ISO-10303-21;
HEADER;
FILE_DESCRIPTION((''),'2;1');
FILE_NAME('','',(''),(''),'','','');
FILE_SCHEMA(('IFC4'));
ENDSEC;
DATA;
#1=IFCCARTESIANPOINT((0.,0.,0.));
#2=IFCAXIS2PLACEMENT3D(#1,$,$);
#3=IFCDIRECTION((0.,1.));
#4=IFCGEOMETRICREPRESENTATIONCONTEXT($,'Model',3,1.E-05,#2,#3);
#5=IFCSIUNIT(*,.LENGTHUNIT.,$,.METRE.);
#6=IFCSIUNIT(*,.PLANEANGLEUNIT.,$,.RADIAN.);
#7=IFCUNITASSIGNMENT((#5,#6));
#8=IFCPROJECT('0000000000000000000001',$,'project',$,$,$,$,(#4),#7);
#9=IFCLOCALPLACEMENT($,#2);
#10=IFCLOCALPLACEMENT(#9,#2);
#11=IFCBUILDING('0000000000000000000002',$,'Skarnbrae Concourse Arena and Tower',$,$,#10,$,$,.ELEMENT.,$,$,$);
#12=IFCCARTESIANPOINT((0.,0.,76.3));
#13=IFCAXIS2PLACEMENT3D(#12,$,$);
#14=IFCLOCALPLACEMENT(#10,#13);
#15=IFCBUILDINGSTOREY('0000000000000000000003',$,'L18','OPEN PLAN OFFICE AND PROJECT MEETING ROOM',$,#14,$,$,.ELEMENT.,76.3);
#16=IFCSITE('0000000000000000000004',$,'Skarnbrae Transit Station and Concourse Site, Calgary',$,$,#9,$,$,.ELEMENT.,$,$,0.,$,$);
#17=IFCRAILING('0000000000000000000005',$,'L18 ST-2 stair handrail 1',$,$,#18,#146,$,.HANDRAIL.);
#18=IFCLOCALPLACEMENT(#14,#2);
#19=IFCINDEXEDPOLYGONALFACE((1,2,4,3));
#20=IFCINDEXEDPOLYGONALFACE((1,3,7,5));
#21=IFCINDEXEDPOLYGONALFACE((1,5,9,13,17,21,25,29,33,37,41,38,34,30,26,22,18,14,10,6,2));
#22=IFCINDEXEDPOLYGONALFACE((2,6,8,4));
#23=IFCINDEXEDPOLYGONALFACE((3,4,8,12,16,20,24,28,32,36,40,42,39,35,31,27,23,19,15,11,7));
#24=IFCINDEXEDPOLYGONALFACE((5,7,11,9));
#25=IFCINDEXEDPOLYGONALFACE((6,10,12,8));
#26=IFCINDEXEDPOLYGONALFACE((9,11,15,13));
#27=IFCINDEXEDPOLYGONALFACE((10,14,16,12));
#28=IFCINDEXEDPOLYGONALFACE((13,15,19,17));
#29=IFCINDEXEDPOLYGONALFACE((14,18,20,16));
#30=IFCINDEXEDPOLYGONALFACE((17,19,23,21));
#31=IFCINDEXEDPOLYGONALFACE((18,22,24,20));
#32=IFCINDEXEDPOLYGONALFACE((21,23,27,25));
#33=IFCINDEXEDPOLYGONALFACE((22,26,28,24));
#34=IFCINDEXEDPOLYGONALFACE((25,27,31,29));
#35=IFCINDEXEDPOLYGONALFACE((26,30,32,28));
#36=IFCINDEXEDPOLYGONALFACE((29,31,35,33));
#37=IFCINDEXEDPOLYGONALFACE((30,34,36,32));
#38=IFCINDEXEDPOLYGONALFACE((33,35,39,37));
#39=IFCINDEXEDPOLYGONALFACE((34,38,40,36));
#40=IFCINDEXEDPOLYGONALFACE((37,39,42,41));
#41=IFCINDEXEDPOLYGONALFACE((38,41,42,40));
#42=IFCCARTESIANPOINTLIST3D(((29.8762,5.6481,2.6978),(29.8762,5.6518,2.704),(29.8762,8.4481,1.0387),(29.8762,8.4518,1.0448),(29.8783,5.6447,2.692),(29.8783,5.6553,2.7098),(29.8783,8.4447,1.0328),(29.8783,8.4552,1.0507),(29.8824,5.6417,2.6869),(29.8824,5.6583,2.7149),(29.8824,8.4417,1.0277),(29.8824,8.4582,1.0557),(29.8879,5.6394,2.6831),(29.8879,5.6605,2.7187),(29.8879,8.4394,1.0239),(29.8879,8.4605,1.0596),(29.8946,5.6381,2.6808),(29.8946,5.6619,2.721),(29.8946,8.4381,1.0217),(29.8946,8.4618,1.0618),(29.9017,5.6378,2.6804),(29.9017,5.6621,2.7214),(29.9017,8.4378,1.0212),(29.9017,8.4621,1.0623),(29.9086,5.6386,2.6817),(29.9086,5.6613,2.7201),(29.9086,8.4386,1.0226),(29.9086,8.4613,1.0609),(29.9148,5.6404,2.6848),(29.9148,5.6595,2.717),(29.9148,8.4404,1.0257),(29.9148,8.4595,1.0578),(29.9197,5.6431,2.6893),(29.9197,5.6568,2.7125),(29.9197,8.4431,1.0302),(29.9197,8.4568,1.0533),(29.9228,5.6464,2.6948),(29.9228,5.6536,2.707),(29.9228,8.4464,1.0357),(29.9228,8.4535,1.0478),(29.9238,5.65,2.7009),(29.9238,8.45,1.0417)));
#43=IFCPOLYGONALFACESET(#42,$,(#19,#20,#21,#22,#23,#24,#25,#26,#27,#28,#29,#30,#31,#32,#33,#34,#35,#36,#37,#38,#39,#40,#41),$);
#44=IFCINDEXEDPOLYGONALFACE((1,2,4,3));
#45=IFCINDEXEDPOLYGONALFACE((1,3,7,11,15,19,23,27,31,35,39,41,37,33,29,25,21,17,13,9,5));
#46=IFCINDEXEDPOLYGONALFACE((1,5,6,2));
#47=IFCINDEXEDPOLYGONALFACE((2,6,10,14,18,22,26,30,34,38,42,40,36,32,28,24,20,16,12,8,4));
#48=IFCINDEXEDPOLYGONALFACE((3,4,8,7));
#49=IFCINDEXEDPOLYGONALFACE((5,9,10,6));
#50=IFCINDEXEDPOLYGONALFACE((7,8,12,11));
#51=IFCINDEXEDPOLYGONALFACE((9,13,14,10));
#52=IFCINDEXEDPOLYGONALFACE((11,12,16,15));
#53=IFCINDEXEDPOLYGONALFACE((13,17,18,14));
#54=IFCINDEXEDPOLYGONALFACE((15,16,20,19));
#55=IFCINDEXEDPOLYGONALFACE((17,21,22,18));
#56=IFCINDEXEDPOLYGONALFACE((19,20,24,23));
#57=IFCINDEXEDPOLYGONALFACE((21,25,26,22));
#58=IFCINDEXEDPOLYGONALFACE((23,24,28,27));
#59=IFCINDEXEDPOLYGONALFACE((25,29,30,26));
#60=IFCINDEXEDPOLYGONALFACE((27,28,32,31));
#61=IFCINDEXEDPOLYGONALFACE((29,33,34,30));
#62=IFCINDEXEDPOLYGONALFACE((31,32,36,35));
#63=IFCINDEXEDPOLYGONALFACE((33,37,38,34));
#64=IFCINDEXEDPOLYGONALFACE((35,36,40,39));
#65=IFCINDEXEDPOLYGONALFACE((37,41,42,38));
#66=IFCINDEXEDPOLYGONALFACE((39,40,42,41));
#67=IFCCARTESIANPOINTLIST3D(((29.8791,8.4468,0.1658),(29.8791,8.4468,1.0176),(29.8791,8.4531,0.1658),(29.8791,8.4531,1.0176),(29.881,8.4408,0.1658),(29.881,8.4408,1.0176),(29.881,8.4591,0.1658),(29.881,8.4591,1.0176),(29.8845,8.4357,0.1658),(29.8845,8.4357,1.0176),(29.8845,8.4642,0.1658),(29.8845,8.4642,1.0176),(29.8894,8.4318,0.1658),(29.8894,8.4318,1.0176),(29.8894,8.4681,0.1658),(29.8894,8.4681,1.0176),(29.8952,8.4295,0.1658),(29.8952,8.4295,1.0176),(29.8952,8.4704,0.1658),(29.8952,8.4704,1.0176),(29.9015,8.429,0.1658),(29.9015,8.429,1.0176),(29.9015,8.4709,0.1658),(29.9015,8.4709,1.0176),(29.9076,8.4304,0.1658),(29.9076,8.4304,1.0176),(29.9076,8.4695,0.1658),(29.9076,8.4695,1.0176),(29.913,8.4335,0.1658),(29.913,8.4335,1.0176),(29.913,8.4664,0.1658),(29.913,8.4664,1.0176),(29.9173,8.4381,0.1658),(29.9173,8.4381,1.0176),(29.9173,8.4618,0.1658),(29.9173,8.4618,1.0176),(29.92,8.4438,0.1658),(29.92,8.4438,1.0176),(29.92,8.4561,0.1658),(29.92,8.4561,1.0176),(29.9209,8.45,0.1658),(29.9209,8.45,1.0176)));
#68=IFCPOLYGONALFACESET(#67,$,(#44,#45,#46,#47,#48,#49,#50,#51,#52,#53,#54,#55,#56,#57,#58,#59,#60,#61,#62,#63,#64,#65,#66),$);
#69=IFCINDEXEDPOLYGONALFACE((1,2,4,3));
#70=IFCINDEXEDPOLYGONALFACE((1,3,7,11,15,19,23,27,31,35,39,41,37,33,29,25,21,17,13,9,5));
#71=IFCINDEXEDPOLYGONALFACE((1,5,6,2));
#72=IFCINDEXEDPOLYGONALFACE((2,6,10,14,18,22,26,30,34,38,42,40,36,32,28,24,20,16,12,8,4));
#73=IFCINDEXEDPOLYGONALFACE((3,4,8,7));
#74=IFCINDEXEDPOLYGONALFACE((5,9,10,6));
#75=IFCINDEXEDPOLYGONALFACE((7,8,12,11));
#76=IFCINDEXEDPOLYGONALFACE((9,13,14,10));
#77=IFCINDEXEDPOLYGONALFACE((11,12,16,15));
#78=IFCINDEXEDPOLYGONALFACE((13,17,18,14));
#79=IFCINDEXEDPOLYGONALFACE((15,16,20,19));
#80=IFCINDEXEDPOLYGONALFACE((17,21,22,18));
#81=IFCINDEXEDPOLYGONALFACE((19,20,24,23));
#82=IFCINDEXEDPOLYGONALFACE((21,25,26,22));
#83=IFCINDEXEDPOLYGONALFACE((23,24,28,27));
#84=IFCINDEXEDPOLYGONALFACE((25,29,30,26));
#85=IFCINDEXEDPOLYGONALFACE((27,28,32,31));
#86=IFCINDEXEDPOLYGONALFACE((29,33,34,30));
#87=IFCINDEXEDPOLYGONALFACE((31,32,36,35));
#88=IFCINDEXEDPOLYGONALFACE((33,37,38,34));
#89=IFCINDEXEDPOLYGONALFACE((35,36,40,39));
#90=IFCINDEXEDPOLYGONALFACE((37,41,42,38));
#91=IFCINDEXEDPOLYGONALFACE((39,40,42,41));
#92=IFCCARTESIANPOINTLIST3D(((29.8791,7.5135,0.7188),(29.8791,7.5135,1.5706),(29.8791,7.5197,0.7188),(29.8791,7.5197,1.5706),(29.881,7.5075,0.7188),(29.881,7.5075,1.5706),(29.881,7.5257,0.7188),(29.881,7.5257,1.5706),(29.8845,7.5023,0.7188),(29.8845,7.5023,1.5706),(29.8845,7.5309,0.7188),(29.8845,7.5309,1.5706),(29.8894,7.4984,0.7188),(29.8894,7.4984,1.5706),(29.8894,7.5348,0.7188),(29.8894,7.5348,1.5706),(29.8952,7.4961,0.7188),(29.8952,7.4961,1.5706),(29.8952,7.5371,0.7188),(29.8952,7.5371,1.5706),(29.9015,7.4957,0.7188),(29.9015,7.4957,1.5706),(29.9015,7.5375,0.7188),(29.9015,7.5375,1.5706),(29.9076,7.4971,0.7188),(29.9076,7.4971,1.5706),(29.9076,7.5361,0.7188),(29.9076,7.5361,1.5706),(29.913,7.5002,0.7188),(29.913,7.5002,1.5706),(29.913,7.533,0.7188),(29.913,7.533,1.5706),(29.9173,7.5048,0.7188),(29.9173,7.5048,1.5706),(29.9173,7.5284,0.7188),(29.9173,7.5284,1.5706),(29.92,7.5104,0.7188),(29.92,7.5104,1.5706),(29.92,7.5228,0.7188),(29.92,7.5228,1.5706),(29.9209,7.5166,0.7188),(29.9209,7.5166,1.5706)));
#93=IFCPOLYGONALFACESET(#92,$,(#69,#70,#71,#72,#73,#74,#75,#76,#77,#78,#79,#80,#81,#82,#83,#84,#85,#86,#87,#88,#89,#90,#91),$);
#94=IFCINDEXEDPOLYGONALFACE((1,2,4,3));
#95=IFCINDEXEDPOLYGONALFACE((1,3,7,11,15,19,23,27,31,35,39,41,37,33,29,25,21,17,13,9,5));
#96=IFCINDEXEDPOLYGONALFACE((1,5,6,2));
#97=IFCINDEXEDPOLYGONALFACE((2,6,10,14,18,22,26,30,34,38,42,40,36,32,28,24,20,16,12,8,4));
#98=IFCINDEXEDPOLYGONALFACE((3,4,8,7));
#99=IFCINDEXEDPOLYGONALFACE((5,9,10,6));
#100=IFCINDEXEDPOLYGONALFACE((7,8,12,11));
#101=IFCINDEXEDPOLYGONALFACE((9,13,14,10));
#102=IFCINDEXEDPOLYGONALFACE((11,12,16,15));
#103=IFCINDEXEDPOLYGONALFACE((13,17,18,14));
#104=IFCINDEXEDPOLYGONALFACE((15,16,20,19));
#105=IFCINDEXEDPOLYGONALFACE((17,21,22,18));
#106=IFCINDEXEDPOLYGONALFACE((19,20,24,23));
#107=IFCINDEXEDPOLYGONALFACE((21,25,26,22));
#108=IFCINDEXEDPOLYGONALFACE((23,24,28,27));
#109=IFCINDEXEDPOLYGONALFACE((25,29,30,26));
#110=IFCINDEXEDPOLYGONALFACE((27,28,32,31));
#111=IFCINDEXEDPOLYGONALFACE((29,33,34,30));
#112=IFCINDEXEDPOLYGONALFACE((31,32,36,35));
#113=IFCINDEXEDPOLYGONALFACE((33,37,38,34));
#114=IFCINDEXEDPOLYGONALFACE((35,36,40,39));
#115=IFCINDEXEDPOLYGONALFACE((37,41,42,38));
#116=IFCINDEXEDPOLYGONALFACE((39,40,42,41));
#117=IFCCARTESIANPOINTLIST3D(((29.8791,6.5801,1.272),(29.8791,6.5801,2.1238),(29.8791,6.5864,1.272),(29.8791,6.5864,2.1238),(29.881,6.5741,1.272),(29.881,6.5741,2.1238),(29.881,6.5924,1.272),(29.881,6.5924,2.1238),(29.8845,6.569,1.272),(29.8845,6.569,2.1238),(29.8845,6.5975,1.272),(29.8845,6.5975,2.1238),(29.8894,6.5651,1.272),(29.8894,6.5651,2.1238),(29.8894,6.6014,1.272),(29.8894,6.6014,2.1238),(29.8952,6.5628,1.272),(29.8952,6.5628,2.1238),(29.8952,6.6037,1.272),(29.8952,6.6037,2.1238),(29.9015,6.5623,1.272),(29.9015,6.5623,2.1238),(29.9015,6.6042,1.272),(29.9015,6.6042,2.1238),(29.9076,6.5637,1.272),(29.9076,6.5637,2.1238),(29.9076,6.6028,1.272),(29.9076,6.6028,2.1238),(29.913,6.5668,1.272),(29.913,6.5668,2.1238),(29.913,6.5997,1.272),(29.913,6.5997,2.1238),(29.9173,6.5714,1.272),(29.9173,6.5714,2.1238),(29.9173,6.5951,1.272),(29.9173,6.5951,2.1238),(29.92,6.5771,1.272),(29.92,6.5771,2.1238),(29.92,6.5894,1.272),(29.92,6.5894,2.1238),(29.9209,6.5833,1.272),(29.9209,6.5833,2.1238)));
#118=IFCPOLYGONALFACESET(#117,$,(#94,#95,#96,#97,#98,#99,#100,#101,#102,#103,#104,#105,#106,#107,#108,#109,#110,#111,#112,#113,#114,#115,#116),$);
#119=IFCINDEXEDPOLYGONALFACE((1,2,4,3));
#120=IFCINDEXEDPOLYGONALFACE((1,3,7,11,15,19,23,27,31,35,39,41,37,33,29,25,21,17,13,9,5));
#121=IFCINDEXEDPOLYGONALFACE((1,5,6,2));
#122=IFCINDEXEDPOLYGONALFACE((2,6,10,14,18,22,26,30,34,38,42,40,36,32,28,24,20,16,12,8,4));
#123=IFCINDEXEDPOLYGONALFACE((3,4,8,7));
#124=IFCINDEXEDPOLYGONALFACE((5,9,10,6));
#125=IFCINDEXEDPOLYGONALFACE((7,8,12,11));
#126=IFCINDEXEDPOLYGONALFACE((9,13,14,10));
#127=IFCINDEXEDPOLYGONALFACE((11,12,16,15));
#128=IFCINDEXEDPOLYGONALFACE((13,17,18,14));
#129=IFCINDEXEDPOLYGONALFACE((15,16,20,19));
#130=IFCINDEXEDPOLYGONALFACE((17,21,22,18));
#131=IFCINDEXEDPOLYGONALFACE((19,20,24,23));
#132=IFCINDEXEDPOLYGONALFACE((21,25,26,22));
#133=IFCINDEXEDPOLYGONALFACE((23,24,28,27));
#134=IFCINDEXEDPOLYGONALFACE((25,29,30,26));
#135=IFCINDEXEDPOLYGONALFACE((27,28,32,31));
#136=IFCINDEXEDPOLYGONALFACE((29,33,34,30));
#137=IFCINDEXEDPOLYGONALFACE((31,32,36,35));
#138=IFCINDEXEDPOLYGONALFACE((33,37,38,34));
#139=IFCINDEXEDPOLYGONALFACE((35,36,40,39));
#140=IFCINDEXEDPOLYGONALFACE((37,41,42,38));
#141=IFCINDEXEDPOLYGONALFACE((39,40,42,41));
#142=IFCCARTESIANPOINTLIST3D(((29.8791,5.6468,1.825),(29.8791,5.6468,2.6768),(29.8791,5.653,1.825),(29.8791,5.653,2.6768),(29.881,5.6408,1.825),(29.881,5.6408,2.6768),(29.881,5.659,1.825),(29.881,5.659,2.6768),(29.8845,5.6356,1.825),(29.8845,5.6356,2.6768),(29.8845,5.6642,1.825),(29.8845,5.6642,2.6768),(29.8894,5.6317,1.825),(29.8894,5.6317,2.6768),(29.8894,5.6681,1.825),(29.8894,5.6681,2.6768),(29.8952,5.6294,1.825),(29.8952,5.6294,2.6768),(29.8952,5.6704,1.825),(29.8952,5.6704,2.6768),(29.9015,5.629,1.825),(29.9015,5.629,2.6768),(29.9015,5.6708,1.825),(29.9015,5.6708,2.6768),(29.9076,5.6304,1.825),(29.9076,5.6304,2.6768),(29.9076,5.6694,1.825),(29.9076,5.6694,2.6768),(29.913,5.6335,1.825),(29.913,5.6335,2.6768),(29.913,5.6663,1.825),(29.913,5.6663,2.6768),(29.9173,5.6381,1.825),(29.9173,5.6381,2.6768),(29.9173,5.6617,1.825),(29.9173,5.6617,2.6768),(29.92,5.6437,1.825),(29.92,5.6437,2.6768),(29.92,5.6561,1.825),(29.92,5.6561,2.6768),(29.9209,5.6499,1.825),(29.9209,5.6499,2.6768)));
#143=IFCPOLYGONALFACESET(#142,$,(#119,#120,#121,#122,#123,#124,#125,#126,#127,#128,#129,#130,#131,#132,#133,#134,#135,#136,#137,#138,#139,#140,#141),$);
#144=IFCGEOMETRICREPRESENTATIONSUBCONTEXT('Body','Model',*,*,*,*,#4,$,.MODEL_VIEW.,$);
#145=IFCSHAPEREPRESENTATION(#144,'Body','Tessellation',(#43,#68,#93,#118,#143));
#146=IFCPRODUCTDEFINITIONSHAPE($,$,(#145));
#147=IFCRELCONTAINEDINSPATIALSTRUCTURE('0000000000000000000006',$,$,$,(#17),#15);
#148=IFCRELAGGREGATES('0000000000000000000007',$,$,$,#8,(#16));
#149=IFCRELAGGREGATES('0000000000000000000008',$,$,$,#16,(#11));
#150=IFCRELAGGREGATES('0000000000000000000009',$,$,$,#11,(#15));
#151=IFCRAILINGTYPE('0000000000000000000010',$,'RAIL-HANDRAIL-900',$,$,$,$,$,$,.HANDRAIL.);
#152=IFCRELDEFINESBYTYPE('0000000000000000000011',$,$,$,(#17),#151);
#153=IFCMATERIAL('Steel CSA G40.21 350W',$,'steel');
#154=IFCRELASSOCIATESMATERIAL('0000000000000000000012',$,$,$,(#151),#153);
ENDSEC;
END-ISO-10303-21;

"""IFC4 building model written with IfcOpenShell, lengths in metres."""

from ifc_helpers import new_model, si_unit, direction, frame, origin, origin_2d, place, context, subcontext, project, spatial, circle, extrude, material, type_object, element, save


model = new_model("IFC4")

# Units and contexts
model_context = context("Model", 3, precision=1e-05, world=origin(), true_north=direction((0.0, 1.0)))
body_context = subcontext(model_context, "Body", "Model", "MODEL_VIEW")
ifc_project = project(units=[si_unit("LENGTHUNIT", "METRE"), si_unit("PLANEANGLEUNIT", "RADIAN")], contexts=[model_context])

# Site, building, storey
site_placement = place(None, origin())
site = spatial("IfcSite", under=ifc_project, at=site_placement, Name="Skarnbrae Transit Station and Concourse Site, Calgary", CompositionType="ELEMENT", RefElevation=0.0)
building_placement = place(site_placement, origin())
building = spatial("IfcBuilding", under=site, at=building_placement, Name="Skarnbrae Concourse Arena and Tower", CompositionType="ELEMENT")
storey_placement = place(building_placement, frame((0.0, 0.0, 76.3)))
storey = spatial("IfcBuildingStorey", under=building, at=storey_placement, Name="L18", Description="OPEN PLAN OFFICE AND PROJECT MEETING ROOM", CompositionType="ELEMENT", Elevation=76.3)

# Shared definitions
ifc_material_1 = material(Name="Steel CSA G40.21 350W", Category="steel")

# Railing
railing_type_1 = type_object("IfcRailingType", Name="RAIL-HANDRAIL-900", PredefinedType="HANDRAIL", material=ifc_material_1)
railing_1_placement = place(storey_placement, frame((29.8999, 8.45, 0.1658)))
element("IfcRailing", 1, at=railing_1_placement, inside=storey, type_object=railing_type_1, Name="L18 ST-2 stair handrail 1", PredefinedType="HANDRAIL", context=body_context, shape_type="SweptSolid", body=[
    extrude(circle(Radius=0.0239, at=origin_2d()), frame((0.0, 0.0, 0.876), z_axis=(0.0, -0.860306, 0.509778), x_axis=(1.0, 0.0, 0.0)), (0.0, 0.0, 1.0), 3.2546),
    extrude(circle(Radius=0.021, at=origin_2d()), origin(), (0.0, 0.0, 1.0), 0.8518),
    extrude(circle(Radius=0.021, at=origin_2d()), frame((0.0, -0.9333, 0.553)), (0.0, 0.0, 1.0), 0.8518),
    extrude(circle(Radius=0.021, at=origin_2d()), frame((0.0, -1.8667, 1.1062)), (0.0, 0.0, 1.0), 0.8518),
    extrude(circle(Radius=0.021, at=origin_2d()), frame((0.0, -2.8, 1.6592)), (0.0, 0.0, 1.0), 0.8518),
])

save(model, "model.ifc")
